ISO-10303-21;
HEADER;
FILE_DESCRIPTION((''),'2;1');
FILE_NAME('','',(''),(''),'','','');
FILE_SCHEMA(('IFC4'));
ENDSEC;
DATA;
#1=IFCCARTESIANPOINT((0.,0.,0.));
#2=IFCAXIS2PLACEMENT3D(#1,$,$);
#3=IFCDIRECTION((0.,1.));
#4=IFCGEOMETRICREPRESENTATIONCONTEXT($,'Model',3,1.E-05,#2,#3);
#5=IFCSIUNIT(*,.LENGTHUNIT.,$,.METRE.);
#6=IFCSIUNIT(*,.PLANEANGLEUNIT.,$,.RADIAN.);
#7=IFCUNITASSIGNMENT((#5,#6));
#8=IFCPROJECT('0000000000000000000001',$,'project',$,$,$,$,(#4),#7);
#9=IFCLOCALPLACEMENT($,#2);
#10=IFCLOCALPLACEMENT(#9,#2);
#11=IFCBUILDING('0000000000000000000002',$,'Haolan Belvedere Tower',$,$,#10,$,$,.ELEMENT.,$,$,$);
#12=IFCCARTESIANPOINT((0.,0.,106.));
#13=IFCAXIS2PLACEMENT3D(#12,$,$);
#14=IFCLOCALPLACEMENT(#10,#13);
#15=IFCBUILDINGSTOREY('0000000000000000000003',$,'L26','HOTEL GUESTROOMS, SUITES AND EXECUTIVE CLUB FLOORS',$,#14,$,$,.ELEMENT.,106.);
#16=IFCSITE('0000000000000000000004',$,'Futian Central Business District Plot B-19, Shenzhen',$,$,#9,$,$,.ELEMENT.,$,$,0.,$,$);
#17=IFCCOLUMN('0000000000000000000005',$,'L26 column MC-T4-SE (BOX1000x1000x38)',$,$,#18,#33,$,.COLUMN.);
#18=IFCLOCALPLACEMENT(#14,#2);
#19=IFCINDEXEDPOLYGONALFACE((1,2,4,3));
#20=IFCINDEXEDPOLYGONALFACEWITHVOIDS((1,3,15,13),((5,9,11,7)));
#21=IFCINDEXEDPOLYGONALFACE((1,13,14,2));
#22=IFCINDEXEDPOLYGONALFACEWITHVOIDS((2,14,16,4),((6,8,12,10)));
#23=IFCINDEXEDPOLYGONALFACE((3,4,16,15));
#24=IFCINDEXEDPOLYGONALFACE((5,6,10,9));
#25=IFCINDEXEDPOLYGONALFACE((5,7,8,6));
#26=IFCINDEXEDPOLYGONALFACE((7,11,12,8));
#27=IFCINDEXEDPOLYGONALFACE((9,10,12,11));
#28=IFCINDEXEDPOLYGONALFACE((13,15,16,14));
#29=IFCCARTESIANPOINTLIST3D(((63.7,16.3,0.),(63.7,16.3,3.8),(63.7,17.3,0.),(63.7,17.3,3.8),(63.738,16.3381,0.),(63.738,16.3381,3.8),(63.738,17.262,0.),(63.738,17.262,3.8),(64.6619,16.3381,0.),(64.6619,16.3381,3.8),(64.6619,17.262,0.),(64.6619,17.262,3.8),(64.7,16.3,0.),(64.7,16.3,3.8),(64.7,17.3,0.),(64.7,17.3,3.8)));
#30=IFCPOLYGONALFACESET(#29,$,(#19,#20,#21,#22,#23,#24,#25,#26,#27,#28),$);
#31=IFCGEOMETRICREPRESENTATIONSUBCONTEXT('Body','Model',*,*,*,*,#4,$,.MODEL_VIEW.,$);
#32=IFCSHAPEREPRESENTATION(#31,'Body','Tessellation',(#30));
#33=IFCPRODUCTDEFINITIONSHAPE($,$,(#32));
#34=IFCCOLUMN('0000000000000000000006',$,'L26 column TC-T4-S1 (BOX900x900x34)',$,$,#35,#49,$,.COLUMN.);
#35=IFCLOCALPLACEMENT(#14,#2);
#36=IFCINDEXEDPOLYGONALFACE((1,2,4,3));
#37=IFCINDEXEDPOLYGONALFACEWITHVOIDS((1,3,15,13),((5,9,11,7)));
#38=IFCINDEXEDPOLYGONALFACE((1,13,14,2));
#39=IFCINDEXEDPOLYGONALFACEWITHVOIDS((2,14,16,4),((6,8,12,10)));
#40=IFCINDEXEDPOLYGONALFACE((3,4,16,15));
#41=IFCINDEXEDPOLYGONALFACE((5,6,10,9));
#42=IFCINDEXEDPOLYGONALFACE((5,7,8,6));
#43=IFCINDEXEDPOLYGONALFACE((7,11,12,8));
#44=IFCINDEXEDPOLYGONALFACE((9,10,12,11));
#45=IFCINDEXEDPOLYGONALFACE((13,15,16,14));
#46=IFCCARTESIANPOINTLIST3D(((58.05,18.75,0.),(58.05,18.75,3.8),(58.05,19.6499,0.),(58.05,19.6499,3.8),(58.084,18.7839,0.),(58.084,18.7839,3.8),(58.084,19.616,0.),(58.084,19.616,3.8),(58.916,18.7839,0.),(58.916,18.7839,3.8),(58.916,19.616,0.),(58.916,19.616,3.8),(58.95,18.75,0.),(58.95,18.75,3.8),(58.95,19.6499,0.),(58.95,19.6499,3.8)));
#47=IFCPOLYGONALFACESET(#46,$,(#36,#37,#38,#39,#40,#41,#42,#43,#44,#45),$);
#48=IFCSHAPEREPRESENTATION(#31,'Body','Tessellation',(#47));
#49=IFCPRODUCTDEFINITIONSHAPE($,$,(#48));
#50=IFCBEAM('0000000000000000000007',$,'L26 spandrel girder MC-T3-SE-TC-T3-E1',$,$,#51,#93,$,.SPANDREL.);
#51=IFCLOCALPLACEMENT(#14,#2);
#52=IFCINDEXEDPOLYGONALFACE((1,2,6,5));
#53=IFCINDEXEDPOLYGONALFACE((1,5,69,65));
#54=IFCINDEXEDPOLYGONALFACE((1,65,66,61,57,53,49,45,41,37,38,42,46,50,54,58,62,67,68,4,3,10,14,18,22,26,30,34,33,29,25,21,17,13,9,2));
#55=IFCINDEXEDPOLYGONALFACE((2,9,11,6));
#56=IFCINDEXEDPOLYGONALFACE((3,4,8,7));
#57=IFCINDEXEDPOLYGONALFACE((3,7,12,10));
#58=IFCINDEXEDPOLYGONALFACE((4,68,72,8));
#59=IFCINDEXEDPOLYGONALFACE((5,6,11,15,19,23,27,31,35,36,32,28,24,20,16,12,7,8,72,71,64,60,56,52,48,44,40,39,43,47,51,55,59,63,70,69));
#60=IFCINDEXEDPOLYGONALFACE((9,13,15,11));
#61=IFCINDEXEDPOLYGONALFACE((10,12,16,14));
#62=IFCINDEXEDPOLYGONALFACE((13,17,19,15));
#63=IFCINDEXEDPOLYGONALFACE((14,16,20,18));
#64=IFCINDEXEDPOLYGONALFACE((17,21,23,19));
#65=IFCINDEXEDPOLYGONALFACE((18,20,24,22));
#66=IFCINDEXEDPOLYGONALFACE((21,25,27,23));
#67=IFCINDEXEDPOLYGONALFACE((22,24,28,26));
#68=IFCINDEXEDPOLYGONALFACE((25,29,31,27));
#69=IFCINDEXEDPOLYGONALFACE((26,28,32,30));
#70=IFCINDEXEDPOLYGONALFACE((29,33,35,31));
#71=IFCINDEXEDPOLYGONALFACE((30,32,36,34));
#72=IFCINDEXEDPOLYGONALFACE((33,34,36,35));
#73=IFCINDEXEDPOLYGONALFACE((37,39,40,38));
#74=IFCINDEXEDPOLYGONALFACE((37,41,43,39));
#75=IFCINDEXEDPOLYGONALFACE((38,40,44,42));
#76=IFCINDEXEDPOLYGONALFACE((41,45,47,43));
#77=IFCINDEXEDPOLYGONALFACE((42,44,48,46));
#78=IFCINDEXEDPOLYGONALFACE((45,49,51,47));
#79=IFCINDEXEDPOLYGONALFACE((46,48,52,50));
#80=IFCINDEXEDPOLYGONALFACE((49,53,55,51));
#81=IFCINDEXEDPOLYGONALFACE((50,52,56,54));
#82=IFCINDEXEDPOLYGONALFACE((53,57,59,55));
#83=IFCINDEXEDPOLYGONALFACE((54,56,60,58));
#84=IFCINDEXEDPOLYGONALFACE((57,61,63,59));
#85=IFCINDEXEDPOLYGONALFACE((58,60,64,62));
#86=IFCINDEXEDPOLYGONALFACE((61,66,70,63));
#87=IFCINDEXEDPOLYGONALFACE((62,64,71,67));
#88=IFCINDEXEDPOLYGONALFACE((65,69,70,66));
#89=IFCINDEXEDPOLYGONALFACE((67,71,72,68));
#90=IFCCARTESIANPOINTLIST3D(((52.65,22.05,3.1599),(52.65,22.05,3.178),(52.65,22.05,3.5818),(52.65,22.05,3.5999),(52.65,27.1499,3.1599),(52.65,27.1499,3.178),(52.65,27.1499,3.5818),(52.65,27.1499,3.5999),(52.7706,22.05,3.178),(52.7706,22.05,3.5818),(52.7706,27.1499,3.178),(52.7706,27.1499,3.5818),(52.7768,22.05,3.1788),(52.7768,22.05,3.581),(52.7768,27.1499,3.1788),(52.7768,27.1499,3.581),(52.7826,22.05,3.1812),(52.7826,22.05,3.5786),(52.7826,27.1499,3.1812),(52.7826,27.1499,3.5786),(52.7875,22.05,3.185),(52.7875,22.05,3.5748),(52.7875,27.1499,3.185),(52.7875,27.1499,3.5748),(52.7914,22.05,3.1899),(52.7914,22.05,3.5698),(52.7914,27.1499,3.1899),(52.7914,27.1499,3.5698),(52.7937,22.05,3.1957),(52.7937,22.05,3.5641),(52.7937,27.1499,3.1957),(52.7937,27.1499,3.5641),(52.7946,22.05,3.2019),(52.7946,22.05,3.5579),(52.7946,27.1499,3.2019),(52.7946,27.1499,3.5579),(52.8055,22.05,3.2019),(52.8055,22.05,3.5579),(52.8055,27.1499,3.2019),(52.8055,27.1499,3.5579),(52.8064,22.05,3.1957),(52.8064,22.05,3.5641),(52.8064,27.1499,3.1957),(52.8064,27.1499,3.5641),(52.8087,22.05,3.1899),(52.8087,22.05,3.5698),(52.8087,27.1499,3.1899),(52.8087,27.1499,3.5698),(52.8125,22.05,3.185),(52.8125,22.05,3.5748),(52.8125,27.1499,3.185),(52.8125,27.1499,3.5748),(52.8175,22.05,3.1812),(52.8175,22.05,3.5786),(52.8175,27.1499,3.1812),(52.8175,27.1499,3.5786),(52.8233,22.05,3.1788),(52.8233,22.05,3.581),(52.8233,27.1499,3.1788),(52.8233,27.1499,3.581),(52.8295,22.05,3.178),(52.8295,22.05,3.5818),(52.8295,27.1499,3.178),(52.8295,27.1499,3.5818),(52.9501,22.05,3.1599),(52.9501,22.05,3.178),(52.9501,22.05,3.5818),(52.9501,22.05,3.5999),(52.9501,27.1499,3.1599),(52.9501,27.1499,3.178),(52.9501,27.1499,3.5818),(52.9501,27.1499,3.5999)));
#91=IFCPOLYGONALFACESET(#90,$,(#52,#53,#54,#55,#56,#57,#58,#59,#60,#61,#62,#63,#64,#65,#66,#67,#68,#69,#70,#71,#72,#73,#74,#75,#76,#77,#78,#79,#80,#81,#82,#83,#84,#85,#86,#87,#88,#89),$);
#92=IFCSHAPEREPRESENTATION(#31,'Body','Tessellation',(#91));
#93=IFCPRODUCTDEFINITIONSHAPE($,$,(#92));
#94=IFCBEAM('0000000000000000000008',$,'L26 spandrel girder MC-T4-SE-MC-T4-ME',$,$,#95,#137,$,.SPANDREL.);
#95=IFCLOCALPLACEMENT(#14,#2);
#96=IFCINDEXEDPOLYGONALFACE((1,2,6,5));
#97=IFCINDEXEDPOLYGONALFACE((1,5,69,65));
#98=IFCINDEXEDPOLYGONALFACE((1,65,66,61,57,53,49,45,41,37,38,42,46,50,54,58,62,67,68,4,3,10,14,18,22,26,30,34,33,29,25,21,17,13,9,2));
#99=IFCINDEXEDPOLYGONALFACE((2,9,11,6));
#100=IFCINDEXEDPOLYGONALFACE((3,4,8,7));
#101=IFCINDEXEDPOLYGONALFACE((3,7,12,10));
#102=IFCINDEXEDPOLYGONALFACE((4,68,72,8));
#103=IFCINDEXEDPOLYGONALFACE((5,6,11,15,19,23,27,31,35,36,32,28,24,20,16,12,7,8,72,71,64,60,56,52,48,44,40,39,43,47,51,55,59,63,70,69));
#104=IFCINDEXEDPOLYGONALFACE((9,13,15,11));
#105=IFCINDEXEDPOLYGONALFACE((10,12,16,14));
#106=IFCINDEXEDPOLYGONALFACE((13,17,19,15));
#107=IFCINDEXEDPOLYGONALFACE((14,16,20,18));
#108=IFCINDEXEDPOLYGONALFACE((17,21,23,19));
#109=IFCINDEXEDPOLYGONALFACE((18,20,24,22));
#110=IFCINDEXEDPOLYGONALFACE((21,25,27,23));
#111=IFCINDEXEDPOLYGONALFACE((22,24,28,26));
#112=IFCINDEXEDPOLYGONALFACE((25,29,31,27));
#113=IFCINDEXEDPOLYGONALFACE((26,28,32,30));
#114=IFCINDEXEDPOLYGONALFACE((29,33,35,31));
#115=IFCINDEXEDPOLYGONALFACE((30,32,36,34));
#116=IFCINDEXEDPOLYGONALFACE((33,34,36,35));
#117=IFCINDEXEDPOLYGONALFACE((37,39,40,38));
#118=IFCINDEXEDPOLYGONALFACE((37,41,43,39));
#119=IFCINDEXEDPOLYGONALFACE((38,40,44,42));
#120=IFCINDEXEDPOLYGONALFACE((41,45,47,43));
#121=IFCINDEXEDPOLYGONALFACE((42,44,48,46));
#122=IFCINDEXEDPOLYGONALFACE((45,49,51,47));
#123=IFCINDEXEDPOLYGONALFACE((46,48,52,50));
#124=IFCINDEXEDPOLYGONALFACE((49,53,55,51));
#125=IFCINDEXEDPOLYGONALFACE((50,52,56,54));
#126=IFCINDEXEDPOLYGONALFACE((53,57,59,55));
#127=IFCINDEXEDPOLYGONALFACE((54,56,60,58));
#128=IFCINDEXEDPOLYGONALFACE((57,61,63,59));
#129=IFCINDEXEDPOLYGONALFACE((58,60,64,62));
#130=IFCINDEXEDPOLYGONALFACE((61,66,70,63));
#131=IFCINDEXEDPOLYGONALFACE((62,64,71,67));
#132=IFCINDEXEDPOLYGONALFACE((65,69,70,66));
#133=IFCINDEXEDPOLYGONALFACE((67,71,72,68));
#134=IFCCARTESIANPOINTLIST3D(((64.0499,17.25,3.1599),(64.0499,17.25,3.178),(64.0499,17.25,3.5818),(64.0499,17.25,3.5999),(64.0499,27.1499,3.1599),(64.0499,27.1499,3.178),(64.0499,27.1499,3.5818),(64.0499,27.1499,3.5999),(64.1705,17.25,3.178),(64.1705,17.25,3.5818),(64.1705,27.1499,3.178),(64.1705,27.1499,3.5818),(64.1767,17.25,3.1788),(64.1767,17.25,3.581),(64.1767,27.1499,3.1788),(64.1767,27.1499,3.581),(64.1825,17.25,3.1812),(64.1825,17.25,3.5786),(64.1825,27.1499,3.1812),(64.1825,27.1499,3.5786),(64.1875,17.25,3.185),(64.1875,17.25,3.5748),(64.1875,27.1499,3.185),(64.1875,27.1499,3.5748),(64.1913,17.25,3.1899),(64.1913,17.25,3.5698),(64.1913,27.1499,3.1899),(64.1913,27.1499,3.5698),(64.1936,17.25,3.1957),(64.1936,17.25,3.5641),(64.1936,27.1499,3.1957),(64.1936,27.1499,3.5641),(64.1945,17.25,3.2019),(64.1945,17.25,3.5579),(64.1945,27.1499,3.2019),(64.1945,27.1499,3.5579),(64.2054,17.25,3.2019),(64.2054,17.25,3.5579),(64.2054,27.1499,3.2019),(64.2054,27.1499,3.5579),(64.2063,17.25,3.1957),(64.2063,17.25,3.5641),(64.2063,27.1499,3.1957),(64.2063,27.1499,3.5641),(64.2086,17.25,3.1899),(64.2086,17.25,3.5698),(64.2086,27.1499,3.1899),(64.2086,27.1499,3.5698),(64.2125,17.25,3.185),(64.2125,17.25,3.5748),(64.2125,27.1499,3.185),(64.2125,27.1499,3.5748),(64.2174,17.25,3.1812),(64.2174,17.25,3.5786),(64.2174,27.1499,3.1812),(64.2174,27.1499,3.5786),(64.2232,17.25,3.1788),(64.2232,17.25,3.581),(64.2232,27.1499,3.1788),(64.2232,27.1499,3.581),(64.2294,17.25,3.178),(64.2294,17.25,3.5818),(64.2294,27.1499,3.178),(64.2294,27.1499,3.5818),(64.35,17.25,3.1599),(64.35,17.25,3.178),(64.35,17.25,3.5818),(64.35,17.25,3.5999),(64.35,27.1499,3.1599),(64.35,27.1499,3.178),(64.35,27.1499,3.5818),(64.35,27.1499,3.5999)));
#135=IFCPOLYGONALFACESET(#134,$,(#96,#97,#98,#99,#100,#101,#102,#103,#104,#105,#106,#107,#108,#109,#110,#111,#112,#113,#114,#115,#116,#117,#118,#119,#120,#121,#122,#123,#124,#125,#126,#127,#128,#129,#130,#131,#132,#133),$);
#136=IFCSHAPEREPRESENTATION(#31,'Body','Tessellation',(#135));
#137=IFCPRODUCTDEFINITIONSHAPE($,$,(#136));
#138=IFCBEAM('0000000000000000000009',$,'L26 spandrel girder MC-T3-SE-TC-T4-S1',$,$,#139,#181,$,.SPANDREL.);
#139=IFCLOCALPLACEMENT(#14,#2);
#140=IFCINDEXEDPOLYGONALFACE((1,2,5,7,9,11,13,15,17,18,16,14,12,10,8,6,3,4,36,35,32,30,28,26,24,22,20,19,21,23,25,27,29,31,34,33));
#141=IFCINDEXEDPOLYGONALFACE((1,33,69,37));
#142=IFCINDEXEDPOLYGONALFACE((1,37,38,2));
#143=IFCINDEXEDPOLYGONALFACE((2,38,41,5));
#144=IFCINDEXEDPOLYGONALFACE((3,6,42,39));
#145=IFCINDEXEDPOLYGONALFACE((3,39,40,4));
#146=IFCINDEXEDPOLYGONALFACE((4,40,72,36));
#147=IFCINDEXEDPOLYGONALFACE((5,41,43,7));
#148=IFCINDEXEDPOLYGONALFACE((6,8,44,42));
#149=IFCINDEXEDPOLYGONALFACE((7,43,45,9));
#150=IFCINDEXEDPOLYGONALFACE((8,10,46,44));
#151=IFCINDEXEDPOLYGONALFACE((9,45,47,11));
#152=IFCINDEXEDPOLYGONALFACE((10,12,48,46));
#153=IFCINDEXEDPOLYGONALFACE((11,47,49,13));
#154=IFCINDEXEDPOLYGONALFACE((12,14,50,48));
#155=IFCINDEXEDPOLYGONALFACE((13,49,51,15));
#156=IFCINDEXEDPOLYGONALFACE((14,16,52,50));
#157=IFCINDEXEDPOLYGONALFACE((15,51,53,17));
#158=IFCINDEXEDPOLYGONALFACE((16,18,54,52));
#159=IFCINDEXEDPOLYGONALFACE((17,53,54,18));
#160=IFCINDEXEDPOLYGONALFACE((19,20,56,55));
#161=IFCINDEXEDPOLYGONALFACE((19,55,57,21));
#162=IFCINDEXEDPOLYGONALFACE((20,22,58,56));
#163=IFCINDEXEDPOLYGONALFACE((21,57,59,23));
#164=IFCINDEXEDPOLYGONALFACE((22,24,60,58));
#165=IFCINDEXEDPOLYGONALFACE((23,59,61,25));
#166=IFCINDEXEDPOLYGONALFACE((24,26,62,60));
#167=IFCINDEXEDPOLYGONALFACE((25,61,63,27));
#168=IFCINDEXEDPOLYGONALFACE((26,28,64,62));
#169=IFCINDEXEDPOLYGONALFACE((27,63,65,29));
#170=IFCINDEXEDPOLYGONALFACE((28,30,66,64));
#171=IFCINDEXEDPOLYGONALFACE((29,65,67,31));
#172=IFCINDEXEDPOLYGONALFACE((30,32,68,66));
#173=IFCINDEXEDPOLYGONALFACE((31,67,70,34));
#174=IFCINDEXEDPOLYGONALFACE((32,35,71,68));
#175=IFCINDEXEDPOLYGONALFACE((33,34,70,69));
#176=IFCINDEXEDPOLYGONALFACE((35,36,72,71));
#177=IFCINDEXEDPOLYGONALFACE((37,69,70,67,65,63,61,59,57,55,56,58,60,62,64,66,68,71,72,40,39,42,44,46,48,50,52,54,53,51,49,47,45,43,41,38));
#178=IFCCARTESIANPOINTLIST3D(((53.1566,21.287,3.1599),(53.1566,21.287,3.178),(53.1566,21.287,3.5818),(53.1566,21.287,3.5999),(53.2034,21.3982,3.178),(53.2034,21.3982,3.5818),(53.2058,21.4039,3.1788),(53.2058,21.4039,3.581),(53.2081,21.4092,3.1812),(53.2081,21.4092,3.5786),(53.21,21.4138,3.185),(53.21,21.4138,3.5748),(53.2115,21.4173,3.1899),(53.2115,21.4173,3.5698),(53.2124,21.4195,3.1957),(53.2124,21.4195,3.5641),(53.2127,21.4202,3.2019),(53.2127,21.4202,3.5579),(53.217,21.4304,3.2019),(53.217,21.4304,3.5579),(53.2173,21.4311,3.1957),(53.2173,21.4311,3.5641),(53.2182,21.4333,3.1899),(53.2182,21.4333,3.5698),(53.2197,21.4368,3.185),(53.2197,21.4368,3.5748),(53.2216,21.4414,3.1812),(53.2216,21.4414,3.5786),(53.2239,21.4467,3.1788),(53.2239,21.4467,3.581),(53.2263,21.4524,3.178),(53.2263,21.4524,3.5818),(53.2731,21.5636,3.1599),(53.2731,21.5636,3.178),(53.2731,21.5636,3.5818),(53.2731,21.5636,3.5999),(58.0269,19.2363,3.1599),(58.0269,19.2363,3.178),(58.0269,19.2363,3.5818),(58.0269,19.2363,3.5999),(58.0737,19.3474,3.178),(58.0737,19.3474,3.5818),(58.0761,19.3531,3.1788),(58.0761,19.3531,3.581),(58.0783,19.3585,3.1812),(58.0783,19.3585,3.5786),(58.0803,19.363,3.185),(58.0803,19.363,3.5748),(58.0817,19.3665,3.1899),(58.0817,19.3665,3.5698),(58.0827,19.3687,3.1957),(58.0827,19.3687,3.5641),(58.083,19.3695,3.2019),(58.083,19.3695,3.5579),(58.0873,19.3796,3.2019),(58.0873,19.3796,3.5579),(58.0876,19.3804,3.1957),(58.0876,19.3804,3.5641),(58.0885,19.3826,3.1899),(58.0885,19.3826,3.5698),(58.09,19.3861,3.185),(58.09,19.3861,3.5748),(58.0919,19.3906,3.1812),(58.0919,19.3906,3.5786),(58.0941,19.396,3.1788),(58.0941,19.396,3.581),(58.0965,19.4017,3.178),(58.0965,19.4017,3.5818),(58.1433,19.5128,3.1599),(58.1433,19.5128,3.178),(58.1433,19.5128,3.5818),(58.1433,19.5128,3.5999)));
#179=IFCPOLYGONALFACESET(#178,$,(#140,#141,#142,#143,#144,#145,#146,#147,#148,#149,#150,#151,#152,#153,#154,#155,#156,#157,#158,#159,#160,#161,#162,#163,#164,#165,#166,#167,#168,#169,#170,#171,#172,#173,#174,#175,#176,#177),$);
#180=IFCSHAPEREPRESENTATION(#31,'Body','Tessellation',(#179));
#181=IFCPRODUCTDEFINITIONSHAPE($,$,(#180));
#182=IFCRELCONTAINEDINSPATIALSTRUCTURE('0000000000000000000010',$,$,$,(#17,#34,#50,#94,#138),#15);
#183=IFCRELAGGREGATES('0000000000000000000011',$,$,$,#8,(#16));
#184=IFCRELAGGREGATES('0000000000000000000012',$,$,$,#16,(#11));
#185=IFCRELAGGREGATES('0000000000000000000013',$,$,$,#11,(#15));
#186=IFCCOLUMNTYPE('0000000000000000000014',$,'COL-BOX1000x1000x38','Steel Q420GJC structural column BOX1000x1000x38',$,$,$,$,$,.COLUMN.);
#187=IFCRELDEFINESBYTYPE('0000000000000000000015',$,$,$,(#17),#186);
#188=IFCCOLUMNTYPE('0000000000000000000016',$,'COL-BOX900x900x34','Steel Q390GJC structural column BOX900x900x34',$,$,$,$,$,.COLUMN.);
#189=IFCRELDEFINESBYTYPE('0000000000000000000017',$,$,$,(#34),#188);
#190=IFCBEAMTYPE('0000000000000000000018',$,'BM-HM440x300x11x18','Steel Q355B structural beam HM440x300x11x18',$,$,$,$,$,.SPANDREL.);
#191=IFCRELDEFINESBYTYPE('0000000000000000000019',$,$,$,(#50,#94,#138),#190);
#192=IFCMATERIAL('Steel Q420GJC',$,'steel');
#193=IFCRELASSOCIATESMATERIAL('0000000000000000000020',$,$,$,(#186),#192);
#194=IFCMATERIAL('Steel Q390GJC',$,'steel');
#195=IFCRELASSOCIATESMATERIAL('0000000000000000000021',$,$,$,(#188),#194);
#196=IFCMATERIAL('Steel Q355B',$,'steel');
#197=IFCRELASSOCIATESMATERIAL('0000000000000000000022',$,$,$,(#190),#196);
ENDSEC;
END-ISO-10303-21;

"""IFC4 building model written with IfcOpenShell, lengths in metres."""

from ifc_helpers import new_model, si_unit, direction, frame, origin, origin_2d, place, context, subcontext, project, spatial, hollow_rectangle, i_section, extrude, material, material_profile, profile_set, type_object, element, save


model = new_model("IFC4")

# Units and contexts
model_context = context("Model", 3, precision=1e-05, world=origin(), true_north=direction((0.0, 1.0)))
body_context = subcontext(model_context, "Body", "Model", "MODEL_VIEW")
ifc_project = project(units=[si_unit("LENGTHUNIT", "METRE"), si_unit("PLANEANGLEUNIT", "RADIAN")], contexts=[model_context])

# Site, building, storey
site_placement = place(None, origin())
site = spatial("IfcSite", under=ifc_project, at=site_placement, Name="Futian Central Business District Plot B-19, Shenzhen", CompositionType="ELEMENT", RefElevation=0.0)
building_placement = place(site_placement, origin())
building = spatial("IfcBuilding", under=site, at=building_placement, Name="Haolan Belvedere Tower", CompositionType="ELEMENT")
storey_placement = place(building_placement, frame((0.0, 0.0, 106.0)))
storey = spatial("IfcBuildingStorey", under=building, at=storey_placement, Name="L26", Description="HOTEL GUESTROOMS, SUITES AND EXECUTIVE CLUB FLOORS", CompositionType="ELEMENT", Elevation=106.0)

# Columns
ifc_material_1 = material(Name="Steel Q420GJC", Category="steel")
ifc_material_profile_1 = material_profile(ifc_material_1, hollow_rectangle(XDim=1.0, YDim=1.0, WallThickness=0.0381, at=origin_2d()), Name="Steel Q420GJC")
ifc_profile_set_1 = profile_set([ifc_material_profile_1], Name="Steel Q420GJC")
column_type_1 = type_object("IfcColumnType", Name="COL-BOX1000x1000x38", Description="Steel Q420GJC structural column BOX1000x1000x38", PredefinedType="COLUMN", material=ifc_profile_set_1)
column_1_placement = place(storey_placement, frame((64.2, 16.8, 0.0), z_axis=(0.0, 0.0, 1.0), x_axis=(1.0, 0.0, 0.0)))
element("IfcColumn", 1, at=column_1_placement, inside=storey, type_object=column_type_1, Name="L26 column MC-T4-SE (BOX1000x1000x38)", PredefinedType="COLUMN", context=body_context, shape_type="SweptSolid", body=[
    extrude(hollow_rectangle(XDim=1.0, YDim=1.0, WallThickness=0.0381, at=origin_2d()), origin(), (0.0, 0.0, 1.0), 3.8),
])
ifc_material_2 = material(Name="Steel Q390GJC", Category="steel")
ifc_material_profile_2 = material_profile(ifc_material_2, hollow_rectangle(XDim=0.8999, YDim=0.8999, WallThickness=0.0339, at=origin_2d()), Name="Steel Q390GJC")
ifc_profile_set_2 = profile_set([ifc_material_profile_2], Name="Steel Q390GJC")
column_type_2 = type_object("IfcColumnType", Name="COL-BOX900x900x34", Description="Steel Q390GJC structural column BOX900x900x34", PredefinedType="COLUMN", material=ifc_profile_set_2)
column_2_placement = place(storey_placement, frame((58.5, 19.2, 0.0), z_axis=(0.0, 0.0, 1.0), x_axis=(1.0, 0.0, 0.0)))
element("IfcColumn", 2, at=column_2_placement, inside=storey, type_object=column_type_2, Name="L26 column TC-T4-S1 (BOX900x900x34)", PredefinedType="COLUMN", context=body_context, shape_type="SweptSolid", body=[
    extrude(hollow_rectangle(XDim=0.8999, YDim=0.8999, WallThickness=0.0339, at=origin_2d()), origin(), (0.0, 0.0, 1.0), 3.8),
])

# Beams
ifc_material_3 = material(Name="Steel Q355B", Category="steel")
ifc_material_profile_3 = material_profile(ifc_material_3, i_section(OverallWidth=0.3, OverallDepth=0.4399, WebThickness=0.011, FlangeThickness=0.0181, FilletRadius=0.0239, at=origin_2d()), Name="Steel Q355B")
ifc_profile_set_3 = profile_set([ifc_material_profile_3], Name="Steel Q355B")
beam_type = type_object("IfcBeamType", Name="BM-HM440x300x11x18", Description="Steel Q355B structural beam HM440x300x11x18", PredefinedType="SPANDREL", material=ifc_profile_set_3)
beam_1_placement = place(storey_placement, frame((52.8, 22.05, 3.3799), z_axis=(0.0, 1.0, 0.0), x_axis=(-1.0, 0.0, 0.0)))
element("IfcBeam", 3, at=beam_1_placement, inside=storey, type_object=beam_type, Name="L26 spandrel girder MC-T3-SE-TC-T3-E1", PredefinedType="SPANDREL", context=body_context, shape_type="SweptSolid", body=[
    extrude(i_section(OverallWidth=0.3, OverallDepth=0.4399, WebThickness=0.011, FlangeThickness=0.0181, FilletRadius=0.0239, at=origin_2d()), origin(), (0.0, 0.0, 1.0), 5.0999),
])
beam_2_placement = place(storey_placement, frame((64.2, 17.25, 3.3799), z_axis=(0.0, 1.0, 0.0), x_axis=(-1.0, 0.0, 0.0)))
element("IfcBeam", 4, at=beam_2_placement, inside=storey, type_object=beam_type, Name="L26 spandrel girder MC-T4-SE-MC-T4-ME", PredefinedType="SPANDREL", context=body_context, shape_type="SweptSolid", body=[
    extrude(i_section(OverallWidth=0.3, OverallDepth=0.4399, WebThickness=0.011, FlangeThickness=0.0181, FilletRadius=0.0239, at=origin_2d()), origin(), (0.0, 0.0, 1.0), 9.8999),
])
for number, where, z_axis, x_axis, name in (
    (5, (53.2148, 21.4253, 3.3799), (0.921628, -0.388074, 0.0), (0.388074, 0.921628, 0.0), "L26 spandrel girder MC-T3-SE-TC-T4-S1"),
):
    element("IfcBeam", number, at=place(storey_placement, frame(where, z_axis=z_axis, x_axis=x_axis)), inside=storey, type_object=beam_type, Name=name, PredefinedType="SPANDREL", context=body_context, shape_type="SweptSolid", body=[
        extrude(i_section(OverallWidth=0.3, OverallDepth=0.4399, WebThickness=0.011, FlangeThickness=0.0181, FilletRadius=0.0239, at=origin_2d()), origin(), (0.0, 0.0, 1.0), 5.2844),
    ])

save(model, "model.ifc")
